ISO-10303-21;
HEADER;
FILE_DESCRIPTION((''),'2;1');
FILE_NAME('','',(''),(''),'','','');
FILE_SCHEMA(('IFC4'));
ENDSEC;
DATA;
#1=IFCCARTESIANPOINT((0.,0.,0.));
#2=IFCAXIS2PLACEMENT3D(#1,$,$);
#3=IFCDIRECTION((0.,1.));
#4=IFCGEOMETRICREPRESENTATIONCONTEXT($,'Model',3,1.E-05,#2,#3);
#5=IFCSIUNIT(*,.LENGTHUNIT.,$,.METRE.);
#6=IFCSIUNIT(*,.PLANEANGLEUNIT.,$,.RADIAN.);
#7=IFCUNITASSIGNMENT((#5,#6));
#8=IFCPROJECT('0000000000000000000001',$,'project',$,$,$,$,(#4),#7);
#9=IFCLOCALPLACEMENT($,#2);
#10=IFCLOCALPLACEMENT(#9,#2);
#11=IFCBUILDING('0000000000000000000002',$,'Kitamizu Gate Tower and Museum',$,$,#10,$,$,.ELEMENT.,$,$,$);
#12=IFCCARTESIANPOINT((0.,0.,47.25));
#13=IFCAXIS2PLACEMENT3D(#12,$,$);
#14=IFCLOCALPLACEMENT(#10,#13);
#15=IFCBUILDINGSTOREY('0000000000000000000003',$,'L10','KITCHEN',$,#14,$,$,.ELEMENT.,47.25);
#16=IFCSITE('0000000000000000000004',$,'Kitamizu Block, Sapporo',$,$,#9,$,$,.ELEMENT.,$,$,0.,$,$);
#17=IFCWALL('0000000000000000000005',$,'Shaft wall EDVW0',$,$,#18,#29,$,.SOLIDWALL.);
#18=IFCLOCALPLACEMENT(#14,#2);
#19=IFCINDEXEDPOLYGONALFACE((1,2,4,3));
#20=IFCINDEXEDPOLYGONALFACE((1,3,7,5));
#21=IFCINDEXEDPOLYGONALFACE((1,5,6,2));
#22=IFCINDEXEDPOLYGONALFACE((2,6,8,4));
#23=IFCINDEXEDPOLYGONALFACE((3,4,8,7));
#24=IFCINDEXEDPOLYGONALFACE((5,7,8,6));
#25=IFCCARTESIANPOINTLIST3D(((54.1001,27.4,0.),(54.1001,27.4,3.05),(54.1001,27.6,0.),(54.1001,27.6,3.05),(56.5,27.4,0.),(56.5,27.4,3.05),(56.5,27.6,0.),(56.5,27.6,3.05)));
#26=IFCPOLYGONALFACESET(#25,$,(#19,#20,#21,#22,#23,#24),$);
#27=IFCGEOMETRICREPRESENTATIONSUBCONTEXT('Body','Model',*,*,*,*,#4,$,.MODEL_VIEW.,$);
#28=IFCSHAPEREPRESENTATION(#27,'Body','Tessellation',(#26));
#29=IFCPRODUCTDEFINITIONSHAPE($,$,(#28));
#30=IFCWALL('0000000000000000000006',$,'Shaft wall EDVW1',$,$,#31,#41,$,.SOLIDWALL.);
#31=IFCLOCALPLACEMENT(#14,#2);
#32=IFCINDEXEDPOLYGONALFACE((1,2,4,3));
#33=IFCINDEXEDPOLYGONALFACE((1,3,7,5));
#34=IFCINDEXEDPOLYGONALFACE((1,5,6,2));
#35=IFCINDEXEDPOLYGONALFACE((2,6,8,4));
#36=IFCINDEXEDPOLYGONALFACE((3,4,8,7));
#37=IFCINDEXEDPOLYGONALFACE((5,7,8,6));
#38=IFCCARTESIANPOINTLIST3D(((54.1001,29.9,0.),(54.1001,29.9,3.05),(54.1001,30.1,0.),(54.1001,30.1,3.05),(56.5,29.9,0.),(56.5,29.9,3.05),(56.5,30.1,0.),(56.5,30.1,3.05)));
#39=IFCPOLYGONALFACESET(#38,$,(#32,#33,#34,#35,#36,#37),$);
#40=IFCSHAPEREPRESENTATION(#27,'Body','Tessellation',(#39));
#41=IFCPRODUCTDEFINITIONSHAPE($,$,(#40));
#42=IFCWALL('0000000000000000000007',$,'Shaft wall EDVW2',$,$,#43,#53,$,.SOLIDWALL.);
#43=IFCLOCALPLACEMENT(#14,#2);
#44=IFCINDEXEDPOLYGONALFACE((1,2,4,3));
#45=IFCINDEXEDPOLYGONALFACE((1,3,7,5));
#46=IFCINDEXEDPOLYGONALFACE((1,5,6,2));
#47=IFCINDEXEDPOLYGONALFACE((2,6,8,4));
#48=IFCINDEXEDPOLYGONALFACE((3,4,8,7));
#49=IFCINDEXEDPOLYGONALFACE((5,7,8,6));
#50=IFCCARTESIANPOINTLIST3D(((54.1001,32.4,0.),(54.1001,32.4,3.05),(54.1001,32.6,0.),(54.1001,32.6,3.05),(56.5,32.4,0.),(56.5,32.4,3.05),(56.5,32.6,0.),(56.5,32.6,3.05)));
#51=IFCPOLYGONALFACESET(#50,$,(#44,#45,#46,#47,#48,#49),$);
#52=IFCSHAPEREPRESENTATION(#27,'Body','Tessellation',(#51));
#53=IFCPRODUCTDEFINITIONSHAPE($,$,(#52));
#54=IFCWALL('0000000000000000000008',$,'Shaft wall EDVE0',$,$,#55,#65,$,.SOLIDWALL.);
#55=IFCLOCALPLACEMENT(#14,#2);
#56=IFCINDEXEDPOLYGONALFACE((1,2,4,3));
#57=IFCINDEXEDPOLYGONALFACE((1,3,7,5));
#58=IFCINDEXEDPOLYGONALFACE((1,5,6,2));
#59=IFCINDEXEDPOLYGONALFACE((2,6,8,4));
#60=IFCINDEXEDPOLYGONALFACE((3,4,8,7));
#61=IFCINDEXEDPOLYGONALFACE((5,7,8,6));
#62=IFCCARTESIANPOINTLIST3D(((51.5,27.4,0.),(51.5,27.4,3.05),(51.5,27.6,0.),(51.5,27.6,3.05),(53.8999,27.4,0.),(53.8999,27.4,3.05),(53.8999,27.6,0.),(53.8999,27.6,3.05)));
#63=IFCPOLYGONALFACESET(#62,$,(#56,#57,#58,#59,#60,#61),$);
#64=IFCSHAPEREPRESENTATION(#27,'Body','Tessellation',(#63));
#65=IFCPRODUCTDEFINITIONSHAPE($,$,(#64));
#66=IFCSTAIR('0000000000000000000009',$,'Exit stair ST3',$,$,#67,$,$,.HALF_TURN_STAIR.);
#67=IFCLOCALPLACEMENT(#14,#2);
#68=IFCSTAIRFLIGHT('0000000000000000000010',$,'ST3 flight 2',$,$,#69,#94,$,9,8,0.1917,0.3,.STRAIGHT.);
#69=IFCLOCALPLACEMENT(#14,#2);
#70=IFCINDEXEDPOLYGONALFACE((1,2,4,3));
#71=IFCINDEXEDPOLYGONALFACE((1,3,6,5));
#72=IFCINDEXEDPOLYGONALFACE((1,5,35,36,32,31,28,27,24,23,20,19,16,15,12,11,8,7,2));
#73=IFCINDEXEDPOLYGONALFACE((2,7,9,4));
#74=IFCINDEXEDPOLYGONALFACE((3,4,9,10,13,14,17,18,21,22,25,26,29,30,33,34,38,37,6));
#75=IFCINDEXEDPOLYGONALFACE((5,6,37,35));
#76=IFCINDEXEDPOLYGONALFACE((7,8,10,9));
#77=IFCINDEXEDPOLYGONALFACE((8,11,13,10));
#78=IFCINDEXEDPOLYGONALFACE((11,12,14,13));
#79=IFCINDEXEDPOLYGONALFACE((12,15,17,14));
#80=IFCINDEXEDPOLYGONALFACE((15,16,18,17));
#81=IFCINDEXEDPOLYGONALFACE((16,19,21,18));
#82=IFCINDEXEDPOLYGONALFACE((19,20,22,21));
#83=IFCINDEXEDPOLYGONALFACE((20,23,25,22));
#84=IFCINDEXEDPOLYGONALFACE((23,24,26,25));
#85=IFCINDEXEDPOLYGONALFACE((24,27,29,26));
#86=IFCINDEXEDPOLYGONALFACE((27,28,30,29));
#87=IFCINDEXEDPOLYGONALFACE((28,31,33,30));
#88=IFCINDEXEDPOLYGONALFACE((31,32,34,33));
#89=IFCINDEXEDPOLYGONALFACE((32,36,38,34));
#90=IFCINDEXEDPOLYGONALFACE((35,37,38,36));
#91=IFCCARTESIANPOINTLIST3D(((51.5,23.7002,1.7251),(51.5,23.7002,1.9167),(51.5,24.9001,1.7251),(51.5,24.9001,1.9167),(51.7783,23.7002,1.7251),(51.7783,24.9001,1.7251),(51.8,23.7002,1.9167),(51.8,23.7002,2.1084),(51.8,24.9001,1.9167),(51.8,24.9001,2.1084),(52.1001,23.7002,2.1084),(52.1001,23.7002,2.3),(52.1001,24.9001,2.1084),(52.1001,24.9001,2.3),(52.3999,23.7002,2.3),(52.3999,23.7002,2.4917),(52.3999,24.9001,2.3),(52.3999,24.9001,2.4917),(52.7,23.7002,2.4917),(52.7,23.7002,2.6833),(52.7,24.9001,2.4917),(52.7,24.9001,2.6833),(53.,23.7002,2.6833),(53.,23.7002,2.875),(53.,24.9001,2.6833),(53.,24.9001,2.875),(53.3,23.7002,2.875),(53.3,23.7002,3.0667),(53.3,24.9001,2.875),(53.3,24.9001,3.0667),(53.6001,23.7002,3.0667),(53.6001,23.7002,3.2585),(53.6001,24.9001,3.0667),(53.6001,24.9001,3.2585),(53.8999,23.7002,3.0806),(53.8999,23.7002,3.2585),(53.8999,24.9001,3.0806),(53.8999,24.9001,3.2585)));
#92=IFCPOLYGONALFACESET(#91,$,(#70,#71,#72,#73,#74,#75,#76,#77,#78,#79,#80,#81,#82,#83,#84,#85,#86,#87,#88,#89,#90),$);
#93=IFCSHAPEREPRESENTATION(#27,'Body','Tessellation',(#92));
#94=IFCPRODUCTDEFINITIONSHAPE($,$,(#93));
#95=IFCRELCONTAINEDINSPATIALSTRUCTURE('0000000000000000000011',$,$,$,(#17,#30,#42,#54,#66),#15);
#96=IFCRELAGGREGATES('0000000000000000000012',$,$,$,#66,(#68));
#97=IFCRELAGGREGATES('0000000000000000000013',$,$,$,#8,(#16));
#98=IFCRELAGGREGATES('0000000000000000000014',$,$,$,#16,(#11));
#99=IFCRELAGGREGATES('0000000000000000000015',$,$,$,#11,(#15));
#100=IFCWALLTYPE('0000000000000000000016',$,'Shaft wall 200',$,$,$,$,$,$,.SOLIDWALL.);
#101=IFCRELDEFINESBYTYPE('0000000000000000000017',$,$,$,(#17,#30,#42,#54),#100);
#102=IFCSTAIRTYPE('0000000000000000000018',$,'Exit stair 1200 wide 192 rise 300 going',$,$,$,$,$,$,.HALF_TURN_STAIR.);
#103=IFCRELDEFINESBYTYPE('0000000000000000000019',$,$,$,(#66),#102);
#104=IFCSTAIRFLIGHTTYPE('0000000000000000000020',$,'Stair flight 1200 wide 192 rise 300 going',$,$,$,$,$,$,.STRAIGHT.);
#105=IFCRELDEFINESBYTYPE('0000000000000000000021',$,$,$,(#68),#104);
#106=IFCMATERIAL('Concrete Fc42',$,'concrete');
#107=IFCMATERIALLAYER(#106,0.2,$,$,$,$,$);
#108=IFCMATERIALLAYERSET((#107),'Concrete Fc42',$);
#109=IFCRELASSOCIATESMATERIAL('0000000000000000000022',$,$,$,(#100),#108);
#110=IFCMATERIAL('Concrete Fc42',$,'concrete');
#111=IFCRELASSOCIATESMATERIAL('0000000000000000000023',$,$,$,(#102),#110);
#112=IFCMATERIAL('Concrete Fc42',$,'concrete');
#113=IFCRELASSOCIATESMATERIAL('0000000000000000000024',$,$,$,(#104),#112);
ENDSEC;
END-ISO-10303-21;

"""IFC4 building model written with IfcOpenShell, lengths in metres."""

from ifc_helpers import new_model, si_unit, direction, frame, frame_2d, origin, place, context, subcontext, project, spatial, polyline, rectangle, outline, extrude, material, layer, layer_set, type_object, element, aggregate, save


model = new_model("IFC4")

# Units and contexts
model_context = context("Model", 3, precision=1e-05, world=origin(), true_north=direction((0.0, 1.0)))
body_context = subcontext(model_context, "Body", "Model", "MODEL_VIEW")
ifc_project = project(units=[si_unit("LENGTHUNIT", "METRE"), si_unit("PLANEANGLEUNIT", "RADIAN")], contexts=[model_context])

# Site, building, storey
site_placement = place(None, origin())
site = spatial("IfcSite", under=ifc_project, at=site_placement, Name="Kitamizu Block, Sapporo", CompositionType="ELEMENT", RefElevation=0.0)
building_placement = place(site_placement, origin())
building = spatial("IfcBuilding", under=site, at=building_placement, Name="Kitamizu Gate Tower and Museum", CompositionType="ELEMENT")
storey_placement = place(building_placement, frame((0.0, 0.0, 47.25)))
storey = spatial("IfcBuildingStorey", under=building, at=storey_placement, Name="L10", Description="KITCHEN", CompositionType="ELEMENT", Elevation=47.25)

# Shared definitions
ifc_material_1 = material(Name="Concrete Fc42", Category="concrete")
ifc_layer_1 = layer(ifc_material_1, 0.2)
ifc_layer_set_1 = layer_set([ifc_layer_1], Name="Concrete Fc42")
wall_type_1 = type_object("IfcWallType", Name="Shaft wall 200", PredefinedType="SOLIDWALL", material=ifc_layer_set_1)

# Walls
for number, where, z_axis, x_axis, name in (
    (1, (56.5, 27.5, 0.0), (0.0, 0.0, 1.0), (-1.0, 0.0, 0.0), "Shaft wall EDVW0"),
    (2, (56.5, 30.0, 0.0), (0.0, 0.0, 1.0), (-1.0, 0.0, 0.0), "Shaft wall EDVW1"),
    (3, (56.5, 32.5, 0.0), (0.0, 0.0, 1.0), (-1.0, 0.0, 0.0), "Shaft wall EDVW2"),
    (4, (53.8999, 27.5, 0.0), (0.0, 0.0, 1.0), (-1.0, 0.0, 0.0), "Shaft wall EDVE0"),
):
    element("IfcWall", number, at=place(storey_placement, frame(where, z_axis=z_axis, x_axis=x_axis)), inside=storey, type_object=wall_type_1, Name=name, PredefinedType="SOLIDWALL", context=body_context, shape_type="SweptSolid", body=[
        extrude(rectangle(XDim=2.3999, YDim=0.2, at=frame_2d((1.2, 0.0))), origin(), (0.0, 0.0, 1.0), 3.05),
    ])

# Stair, stair flight
ifc_material_2 = material(Name="Concrete Fc42", Category="concrete")
stair_type = type_object("IfcStairType", Name="Exit stair 1200 wide 192 rise 300 going", PredefinedType="HALF_TURN_STAIR", material=ifc_material_2)
stair_placement = place(storey_placement, origin())
stair = element("IfcStair", 5, at=stair_placement, inside=storey, type_object=stair_type, Name="Exit stair ST3", PredefinedType="HALF_TURN_STAIR")
ifc_material_3 = material(Name="Concrete Fc42", Category="concrete")
stair_flight_type = type_object("IfcStairFlightType", Name="Stair flight 1200 wide 192 rise 300 going", PredefinedType="STRAIGHT", material=ifc_material_3)
stair_flight_placement = place(storey_placement, frame((51.5, 24.3, 1.7251), z_axis=(0.0, 0.0, 1.0), x_axis=(1.0, 0.0, 0.0)))
stair_flight = element("IfcStairFlight", 6, at=stair_flight_placement, type_object=stair_flight_type, Name="ST3 flight 2", NumberOfRisers=9, NumberOfTreads=8, PredefinedType="STRAIGHT", RiserHeight=0.1917, TreadLength=0.3, context=body_context, shape_type="SweptSolid", body=[
    extrude(outline(polyline([(0.0, 0.0), (0.0, 0.1917), (0.3, 0.1917), (0.3, 0.3833), (0.6001, 0.3833), (0.6001, 0.575), (0.8999, 0.575), (0.8999, 0.7666), (1.2, 0.7666), (1.2, 0.9583), (1.5, 0.9583), (1.5, 1.1499), (1.8, 1.1499), (1.8, 1.3416), (2.1001, 1.3416), (2.1001, 1.5334), (2.3999, 1.5334), (2.3999, 1.7251), (2.3999, 1.3555), (0.2783, 0.0), (0.0, 0.0)])), frame((0.0, 0.6001, 0.0), z_axis=(0.0, -1.0, 0.0), x_axis=(1.0, 0.0, 0.0)), (0.0, 0.0, 1.0), 1.2),
])
aggregate(stair, [stair_flight])

save(model, "model.ifc")
